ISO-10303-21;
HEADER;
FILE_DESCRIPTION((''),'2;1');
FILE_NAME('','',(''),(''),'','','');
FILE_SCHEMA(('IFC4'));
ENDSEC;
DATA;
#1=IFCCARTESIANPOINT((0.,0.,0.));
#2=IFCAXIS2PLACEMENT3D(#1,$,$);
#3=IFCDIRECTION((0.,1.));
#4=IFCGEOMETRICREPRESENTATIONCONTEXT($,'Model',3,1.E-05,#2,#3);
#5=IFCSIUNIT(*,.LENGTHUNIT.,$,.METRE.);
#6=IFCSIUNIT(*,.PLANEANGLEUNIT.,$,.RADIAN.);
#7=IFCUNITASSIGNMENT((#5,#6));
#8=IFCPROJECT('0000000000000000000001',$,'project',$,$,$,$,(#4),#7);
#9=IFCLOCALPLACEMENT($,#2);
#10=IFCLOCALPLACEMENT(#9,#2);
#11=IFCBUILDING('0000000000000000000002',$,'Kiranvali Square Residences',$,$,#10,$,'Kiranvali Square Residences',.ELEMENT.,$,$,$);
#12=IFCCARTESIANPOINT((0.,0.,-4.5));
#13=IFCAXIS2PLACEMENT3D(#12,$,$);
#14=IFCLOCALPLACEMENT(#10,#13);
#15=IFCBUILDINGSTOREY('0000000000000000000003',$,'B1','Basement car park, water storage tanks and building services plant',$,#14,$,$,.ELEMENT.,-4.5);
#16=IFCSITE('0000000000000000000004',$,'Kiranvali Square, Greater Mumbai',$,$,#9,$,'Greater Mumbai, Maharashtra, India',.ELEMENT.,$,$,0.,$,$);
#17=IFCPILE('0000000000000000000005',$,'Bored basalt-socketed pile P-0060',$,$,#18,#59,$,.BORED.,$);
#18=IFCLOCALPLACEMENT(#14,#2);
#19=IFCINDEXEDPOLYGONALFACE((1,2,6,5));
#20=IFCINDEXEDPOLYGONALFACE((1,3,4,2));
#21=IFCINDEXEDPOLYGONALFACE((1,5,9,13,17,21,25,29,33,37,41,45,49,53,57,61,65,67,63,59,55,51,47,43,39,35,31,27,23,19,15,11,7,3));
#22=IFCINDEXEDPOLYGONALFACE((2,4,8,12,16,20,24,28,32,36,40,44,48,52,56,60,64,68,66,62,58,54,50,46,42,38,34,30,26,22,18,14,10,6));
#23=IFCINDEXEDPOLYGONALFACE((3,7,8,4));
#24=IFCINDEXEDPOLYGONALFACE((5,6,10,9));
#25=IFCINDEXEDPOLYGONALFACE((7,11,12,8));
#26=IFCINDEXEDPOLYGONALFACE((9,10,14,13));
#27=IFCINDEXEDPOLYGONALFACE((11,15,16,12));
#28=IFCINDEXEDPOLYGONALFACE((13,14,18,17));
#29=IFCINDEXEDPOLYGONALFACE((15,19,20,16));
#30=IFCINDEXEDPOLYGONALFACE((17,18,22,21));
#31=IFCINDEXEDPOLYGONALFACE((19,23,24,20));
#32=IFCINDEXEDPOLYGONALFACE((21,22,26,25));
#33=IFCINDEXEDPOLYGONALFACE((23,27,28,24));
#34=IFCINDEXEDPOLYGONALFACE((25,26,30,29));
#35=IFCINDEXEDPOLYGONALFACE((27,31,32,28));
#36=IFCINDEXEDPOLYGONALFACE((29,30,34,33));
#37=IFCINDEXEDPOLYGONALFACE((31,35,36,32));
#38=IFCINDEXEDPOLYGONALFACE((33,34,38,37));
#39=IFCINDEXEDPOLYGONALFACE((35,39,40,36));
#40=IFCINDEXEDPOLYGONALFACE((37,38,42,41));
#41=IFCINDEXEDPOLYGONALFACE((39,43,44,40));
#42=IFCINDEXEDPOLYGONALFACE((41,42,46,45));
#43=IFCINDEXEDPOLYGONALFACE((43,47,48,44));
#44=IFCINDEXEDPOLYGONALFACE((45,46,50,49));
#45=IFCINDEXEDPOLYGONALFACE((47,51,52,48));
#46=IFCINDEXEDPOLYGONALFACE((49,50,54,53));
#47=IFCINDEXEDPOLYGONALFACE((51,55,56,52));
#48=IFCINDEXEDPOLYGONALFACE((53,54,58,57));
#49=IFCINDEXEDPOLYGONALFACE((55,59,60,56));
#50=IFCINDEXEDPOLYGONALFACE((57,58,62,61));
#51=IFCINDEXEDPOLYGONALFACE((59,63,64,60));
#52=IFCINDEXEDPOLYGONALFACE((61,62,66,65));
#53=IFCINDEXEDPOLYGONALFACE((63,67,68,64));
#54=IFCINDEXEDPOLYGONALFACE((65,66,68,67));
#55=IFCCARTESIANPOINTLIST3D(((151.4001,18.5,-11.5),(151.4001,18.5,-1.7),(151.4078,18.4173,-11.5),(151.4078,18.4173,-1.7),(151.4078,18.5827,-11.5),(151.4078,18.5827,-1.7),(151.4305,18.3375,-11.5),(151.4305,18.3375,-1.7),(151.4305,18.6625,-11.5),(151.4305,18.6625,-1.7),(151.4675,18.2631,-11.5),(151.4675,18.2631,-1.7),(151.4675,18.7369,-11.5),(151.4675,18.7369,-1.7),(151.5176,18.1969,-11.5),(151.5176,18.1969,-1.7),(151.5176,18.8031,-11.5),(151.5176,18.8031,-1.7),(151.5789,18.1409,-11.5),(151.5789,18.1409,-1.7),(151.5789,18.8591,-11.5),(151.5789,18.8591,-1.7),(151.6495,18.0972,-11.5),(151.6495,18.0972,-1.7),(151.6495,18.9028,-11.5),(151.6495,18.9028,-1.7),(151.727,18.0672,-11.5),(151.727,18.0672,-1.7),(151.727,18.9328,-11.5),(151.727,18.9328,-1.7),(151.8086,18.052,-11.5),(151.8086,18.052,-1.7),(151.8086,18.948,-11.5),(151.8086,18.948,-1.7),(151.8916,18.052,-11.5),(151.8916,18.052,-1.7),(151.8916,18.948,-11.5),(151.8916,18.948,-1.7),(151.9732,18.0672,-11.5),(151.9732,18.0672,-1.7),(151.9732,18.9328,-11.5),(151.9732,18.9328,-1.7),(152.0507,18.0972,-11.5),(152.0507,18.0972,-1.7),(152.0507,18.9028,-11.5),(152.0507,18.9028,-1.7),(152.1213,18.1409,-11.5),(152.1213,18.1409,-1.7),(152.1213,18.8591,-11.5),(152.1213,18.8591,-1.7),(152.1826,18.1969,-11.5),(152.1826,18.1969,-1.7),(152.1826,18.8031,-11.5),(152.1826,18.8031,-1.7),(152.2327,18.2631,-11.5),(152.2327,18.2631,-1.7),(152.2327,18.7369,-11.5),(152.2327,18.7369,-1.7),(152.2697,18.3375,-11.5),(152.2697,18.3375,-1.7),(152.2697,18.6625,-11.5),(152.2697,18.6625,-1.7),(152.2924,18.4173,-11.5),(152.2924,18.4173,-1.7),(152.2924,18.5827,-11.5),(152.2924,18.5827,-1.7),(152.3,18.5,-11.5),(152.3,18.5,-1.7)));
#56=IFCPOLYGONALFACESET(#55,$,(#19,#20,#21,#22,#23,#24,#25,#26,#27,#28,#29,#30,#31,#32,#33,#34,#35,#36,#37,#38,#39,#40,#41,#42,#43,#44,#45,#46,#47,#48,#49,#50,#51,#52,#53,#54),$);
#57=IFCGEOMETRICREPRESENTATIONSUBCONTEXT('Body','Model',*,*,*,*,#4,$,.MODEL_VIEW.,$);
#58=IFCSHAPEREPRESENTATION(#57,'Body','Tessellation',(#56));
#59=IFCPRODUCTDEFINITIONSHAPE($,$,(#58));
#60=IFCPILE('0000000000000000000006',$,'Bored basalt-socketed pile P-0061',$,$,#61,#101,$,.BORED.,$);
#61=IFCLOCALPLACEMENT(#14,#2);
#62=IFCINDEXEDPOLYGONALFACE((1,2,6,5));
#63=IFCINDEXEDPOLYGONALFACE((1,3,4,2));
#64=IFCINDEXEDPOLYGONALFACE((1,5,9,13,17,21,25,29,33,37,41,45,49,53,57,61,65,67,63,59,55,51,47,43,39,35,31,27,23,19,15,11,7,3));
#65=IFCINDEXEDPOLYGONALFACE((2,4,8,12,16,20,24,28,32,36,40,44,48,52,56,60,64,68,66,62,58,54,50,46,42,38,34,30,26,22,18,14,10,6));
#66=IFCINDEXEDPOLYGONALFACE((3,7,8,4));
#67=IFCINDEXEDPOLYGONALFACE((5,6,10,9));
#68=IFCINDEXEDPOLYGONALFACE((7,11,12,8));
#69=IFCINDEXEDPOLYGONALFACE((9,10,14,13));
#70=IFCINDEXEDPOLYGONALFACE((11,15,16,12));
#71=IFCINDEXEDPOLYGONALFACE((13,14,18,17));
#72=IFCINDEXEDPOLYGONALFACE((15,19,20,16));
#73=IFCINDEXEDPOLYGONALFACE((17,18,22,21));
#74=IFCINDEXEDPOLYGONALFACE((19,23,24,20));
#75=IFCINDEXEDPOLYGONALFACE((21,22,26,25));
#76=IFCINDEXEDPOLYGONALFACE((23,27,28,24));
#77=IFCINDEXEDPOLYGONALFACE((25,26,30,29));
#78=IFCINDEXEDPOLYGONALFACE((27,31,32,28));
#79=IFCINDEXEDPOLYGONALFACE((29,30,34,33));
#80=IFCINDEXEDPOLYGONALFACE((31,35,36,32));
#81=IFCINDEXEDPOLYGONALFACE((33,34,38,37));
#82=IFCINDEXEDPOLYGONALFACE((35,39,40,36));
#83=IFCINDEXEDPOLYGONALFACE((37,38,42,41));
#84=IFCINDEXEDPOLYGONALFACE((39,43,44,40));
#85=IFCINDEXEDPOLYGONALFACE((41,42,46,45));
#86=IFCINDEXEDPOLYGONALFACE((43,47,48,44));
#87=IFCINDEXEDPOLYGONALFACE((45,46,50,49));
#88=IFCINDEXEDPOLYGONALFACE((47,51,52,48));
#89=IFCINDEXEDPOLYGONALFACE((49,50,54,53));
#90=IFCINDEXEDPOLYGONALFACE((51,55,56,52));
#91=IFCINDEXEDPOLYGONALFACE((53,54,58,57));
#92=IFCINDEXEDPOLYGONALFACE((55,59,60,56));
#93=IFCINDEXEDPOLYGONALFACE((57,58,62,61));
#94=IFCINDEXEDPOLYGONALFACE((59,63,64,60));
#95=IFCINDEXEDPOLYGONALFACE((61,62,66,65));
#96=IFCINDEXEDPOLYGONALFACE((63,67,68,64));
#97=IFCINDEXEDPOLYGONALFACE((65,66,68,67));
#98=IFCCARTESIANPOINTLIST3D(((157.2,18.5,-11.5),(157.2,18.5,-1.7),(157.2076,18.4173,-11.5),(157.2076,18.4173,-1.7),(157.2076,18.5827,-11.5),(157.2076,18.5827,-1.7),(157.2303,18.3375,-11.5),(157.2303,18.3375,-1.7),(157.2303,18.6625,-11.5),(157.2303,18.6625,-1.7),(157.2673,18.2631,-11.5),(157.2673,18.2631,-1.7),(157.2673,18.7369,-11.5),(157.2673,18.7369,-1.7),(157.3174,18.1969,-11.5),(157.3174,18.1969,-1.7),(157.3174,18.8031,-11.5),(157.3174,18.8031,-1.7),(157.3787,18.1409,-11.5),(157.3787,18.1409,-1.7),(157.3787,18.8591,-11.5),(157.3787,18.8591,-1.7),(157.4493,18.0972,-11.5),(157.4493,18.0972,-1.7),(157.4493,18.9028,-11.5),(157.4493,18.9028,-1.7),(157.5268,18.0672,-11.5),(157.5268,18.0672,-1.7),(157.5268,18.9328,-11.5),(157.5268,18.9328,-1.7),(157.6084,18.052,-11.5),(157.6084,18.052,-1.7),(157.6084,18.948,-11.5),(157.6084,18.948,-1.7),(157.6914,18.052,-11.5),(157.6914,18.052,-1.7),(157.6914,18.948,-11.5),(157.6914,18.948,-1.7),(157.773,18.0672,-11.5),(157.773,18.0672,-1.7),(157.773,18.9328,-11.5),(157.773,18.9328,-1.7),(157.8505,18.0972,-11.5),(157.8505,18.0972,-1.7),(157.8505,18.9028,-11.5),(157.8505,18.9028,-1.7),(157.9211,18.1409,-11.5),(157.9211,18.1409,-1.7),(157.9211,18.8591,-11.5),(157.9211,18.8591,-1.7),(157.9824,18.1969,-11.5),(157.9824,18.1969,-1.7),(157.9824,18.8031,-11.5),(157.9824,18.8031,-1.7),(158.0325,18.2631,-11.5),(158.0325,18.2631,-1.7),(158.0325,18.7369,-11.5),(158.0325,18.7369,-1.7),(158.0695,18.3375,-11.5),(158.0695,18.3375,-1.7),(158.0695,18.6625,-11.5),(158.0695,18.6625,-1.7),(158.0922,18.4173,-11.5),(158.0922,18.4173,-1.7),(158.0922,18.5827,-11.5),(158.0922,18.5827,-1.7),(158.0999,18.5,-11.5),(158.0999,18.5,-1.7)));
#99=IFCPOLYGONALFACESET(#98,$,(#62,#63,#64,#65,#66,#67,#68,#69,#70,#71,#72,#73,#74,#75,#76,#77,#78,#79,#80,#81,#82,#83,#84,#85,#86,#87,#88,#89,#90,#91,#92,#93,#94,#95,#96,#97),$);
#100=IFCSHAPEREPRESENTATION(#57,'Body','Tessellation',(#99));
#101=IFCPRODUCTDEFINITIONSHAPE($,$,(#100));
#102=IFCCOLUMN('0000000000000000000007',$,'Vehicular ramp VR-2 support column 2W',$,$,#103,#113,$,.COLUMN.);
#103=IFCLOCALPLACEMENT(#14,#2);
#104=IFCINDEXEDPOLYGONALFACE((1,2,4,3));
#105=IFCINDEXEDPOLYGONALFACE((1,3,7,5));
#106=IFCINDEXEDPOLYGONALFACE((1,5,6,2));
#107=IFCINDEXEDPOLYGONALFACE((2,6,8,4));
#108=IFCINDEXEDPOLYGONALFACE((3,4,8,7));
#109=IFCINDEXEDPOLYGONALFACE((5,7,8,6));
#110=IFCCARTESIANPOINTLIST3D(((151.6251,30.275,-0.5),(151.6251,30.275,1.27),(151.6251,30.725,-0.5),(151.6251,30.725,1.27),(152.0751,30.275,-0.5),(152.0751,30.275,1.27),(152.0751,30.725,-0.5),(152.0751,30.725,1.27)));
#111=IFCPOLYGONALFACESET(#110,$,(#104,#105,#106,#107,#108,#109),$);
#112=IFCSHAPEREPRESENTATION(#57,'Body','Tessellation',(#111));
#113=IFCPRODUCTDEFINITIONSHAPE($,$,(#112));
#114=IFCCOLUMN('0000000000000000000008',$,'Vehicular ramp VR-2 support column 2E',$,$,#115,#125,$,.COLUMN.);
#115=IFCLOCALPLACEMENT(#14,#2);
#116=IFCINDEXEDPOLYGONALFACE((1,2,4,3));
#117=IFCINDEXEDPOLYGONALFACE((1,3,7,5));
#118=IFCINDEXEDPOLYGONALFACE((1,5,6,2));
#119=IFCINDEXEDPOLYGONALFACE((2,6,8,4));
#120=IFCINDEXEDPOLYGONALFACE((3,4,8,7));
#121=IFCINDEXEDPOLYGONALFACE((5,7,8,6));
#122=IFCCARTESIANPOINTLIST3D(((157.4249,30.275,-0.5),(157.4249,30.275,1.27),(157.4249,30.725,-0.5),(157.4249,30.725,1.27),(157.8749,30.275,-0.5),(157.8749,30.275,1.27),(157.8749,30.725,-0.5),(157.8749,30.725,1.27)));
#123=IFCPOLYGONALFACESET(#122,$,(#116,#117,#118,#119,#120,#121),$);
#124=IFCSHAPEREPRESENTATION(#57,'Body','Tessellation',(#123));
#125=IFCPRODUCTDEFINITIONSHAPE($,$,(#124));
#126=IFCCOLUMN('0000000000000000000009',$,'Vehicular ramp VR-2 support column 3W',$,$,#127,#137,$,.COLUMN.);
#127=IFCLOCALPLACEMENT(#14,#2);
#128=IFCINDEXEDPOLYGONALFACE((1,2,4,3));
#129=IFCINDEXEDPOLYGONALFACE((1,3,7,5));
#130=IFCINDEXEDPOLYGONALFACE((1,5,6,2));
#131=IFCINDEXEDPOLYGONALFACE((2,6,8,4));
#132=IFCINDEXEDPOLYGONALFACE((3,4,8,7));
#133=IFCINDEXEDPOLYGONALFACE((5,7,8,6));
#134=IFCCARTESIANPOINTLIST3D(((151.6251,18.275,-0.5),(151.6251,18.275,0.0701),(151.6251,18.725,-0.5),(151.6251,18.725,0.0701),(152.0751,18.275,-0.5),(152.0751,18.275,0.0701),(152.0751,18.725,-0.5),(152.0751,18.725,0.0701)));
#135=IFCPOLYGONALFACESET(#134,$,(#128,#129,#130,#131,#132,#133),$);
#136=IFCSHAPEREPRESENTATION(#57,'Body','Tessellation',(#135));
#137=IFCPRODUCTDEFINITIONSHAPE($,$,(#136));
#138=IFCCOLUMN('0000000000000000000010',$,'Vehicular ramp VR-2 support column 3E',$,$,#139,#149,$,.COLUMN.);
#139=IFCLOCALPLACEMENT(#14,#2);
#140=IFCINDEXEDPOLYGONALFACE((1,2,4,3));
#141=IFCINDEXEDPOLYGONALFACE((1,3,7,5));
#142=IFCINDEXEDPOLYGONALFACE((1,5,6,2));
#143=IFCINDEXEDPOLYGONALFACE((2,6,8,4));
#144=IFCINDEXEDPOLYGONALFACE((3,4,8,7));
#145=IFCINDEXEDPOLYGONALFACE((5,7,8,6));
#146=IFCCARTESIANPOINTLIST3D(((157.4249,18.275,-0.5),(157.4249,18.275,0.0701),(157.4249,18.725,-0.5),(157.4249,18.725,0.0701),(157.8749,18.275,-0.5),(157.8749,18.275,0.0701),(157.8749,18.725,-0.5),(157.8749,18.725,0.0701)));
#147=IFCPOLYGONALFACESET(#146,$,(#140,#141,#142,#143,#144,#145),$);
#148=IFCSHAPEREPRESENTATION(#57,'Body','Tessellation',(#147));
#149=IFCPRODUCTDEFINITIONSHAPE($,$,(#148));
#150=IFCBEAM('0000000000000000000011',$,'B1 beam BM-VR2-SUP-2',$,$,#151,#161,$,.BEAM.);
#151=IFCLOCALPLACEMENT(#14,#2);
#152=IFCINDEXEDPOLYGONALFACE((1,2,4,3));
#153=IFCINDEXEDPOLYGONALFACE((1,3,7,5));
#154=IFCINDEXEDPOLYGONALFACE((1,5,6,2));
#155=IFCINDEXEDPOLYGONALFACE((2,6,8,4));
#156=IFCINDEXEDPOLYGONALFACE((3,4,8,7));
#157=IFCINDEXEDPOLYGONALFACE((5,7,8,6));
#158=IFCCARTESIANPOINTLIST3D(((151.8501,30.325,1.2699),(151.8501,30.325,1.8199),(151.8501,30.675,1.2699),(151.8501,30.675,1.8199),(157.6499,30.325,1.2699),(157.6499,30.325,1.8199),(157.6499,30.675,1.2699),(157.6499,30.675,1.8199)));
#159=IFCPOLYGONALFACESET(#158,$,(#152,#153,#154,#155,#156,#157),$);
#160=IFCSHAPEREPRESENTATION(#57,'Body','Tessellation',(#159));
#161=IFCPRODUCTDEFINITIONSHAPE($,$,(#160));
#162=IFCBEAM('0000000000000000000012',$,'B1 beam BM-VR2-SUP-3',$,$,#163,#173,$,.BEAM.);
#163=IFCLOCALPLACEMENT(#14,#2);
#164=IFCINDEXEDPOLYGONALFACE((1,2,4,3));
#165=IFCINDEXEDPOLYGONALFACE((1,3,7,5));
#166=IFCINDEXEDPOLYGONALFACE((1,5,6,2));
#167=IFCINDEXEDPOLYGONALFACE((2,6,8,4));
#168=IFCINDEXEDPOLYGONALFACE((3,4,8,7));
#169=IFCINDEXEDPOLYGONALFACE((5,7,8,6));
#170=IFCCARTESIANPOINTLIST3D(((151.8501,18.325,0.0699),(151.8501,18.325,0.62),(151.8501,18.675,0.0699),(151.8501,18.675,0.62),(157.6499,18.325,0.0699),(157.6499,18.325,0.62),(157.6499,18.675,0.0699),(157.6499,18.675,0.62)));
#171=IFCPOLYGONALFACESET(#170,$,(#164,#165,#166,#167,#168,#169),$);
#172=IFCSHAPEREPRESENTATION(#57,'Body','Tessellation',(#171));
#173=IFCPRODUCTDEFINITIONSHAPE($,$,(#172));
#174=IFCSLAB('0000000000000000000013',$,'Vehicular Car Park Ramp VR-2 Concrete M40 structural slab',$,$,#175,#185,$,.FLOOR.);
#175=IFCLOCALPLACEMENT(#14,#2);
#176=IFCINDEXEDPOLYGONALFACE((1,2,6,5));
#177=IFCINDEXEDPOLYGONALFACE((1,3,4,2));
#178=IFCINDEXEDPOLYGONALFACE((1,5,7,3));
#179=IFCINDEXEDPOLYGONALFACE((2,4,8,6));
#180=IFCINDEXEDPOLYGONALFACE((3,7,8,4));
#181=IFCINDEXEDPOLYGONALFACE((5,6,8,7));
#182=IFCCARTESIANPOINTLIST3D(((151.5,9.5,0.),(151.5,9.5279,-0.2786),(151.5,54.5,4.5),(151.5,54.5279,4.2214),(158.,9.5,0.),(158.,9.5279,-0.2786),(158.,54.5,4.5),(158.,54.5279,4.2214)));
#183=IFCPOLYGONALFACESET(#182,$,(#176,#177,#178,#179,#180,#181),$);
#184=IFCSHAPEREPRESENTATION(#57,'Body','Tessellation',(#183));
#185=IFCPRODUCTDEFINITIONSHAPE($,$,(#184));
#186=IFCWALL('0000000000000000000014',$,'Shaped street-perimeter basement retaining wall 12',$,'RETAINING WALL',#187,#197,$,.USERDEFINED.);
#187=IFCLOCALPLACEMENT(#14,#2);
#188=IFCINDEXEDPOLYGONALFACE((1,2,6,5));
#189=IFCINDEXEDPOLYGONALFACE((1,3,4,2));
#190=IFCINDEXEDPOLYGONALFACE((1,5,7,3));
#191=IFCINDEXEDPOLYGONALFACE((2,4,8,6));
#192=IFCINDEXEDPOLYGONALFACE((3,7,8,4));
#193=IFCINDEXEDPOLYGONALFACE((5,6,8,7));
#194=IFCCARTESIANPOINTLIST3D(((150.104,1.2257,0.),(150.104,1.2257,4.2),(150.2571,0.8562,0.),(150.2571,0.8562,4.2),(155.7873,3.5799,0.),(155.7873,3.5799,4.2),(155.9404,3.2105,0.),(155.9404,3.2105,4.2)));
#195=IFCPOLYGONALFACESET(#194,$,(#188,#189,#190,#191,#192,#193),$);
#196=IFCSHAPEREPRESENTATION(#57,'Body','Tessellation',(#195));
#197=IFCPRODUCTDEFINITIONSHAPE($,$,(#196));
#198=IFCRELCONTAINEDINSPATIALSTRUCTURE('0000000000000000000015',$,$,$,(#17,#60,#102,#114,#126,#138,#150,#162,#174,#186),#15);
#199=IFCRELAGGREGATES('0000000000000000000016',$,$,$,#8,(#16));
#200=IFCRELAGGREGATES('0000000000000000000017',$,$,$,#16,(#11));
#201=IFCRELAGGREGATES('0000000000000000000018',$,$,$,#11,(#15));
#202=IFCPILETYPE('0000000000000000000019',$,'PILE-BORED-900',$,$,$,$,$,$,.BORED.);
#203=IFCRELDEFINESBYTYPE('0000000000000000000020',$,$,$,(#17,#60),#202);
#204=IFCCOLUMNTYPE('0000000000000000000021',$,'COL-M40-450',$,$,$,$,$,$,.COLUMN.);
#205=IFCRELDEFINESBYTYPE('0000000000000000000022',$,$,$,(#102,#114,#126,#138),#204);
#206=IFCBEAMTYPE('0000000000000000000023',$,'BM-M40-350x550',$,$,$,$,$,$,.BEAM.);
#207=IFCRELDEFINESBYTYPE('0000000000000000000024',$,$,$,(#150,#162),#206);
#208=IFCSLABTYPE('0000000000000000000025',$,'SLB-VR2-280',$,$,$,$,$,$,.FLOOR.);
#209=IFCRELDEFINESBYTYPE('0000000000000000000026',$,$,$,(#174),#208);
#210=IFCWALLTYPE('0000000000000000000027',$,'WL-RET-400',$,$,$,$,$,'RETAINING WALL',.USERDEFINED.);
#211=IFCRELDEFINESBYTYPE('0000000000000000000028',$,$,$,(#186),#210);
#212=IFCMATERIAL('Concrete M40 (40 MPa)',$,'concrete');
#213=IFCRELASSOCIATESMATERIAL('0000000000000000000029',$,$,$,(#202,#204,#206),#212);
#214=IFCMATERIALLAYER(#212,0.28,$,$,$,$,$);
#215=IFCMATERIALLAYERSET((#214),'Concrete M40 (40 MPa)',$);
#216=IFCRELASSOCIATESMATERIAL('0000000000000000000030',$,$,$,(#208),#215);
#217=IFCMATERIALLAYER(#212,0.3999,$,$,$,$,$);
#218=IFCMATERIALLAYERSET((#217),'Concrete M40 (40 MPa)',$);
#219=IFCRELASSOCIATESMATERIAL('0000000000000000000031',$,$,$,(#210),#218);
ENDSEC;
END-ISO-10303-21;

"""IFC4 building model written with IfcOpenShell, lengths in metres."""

from ifc_helpers import new_model, si_unit, direction, frame, frame_2d, origin, origin_2d, place, context, subcontext, project, spatial, polyline, rectangle, circle, outline, extrude, material, layer, layer_set, material_profile, profile_set, type_object, element, save


model = new_model("IFC4")

# Units and contexts
model_context = context("Model", 3, precision=1e-05, world=origin(), true_north=direction((0.0, 1.0)))
body_context = subcontext(model_context, "Body", "Model", "MODEL_VIEW")
ifc_project = project(units=[si_unit("LENGTHUNIT", "METRE"), si_unit("PLANEANGLEUNIT", "RADIAN")], contexts=[model_context])

# Site, building, storey
site_placement = place(None, origin())
site = spatial("IfcSite", under=ifc_project, at=site_placement, Name="Kiranvali Square, Greater Mumbai", LongName="Greater Mumbai, Maharashtra, India", CompositionType="ELEMENT", RefElevation=0.0)
building_placement = place(site_placement, origin())
building = spatial("IfcBuilding", under=site, at=building_placement, Name="Kiranvali Square Residences", LongName="Kiranvali Square Residences", CompositionType="ELEMENT")
storey_placement = place(building_placement, frame((0.0, 0.0, -4.5)))
storey = spatial("IfcBuildingStorey", under=building, at=storey_placement, Name="B1", Description="Basement car park, water storage tanks and building services plant", CompositionType="ELEMENT", Elevation=-4.5)

# Shared definitions
ifc_material_1 = material(Name="Concrete M40 (40 MPa)", Category="concrete")

# Piles
ifc_material_profile_1 = material_profile(ifc_material_1, circle(Radius=0.45, at=origin_2d()), Name="BORED PILE 900")
ifc_profile_set_1 = profile_set([ifc_material_profile_1], Name="Concrete M40 (40 MPa)")
pile_type_1 = type_object("IfcPileType", Name="PILE-BORED-900", PredefinedType="BORED", material=ifc_profile_set_1)
for number, where, z_axis, x_axis, name in (
    (1, (151.8501, 18.5, -1.7), (0.0, 0.0, -1.0), (1.0, 0.0, 0.0), "Bored basalt-socketed pile P-0060"),
    (2, (157.6499, 18.5, -1.7), (0.0, 0.0, -1.0), (1.0, 0.0, 0.0), "Bored basalt-socketed pile P-0061"),
):
    element("IfcPile", number, at=place(storey_placement, frame(where, z_axis=z_axis, x_axis=x_axis)), inside=storey, type_object=pile_type_1, Name=name, PredefinedType="BORED", context=body_context, shape_type="SweptSolid", body=[
        extrude(circle(Radius=0.45, at=origin_2d()), origin(), (0.0, 0.0, 1.0), 9.8),
    ])

# Columns
ifc_material_profile_2 = material_profile(ifc_material_1, rectangle(XDim=0.45, YDim=0.45, at=origin_2d()), Name="RC 450x450")
ifc_profile_set_2 = profile_set([ifc_material_profile_2], Name="Concrete M40 (40 MPa)")
column_type = type_object("IfcColumnType", Name="COL-M40-450", PredefinedType="COLUMN", material=ifc_profile_set_2)
for number, where, z_axis, x_axis, name in (
    (3, (151.8501, 30.5, -0.5), (0.0, 0.0, 1.0), (1.0, 0.0, 0.0), "Vehicular ramp VR-2 support column 2W"),
    (4, (157.6499, 30.5, -0.5), (0.0, 0.0, 1.0), (1.0, 0.0, 0.0), "Vehicular ramp VR-2 support column 2E"),
):
    element("IfcColumn", number, at=place(storey_placement, frame(where, z_axis=z_axis, x_axis=x_axis)), inside=storey, type_object=column_type, Name=name, PredefinedType="COLUMN", context=body_context, shape_type="SweptSolid", body=[
        extrude(rectangle(XDim=0.45, YDim=0.45, at=origin_2d()), origin(), (0.0, 0.0, 1.0), 1.77),
    ])
for number, where, z_axis, x_axis, name in (
    (5, (151.8501, 18.5, -0.5), (0.0, 0.0, 1.0), (1.0, 0.0, 0.0), "Vehicular ramp VR-2 support column 3W"),
    (6, (157.6499, 18.5, -0.5), (0.0, 0.0, 1.0), (1.0, 0.0, 0.0), "Vehicular ramp VR-2 support column 3E"),
):
    element("IfcColumn", number, at=place(storey_placement, frame(where, z_axis=z_axis, x_axis=x_axis)), inside=storey, type_object=column_type, Name=name, PredefinedType="COLUMN", context=body_context, shape_type="SweptSolid", body=[
        extrude(rectangle(XDim=0.45, YDim=0.45, at=origin_2d()), origin(), (0.0, 0.0, 1.0), 0.5701),
    ])

# Beams
ifc_material_profile_3 = material_profile(ifc_material_1, rectangle(XDim=0.3501, YDim=0.55, at=origin_2d()), Name="RC 350x550")
ifc_profile_set_3 = profile_set([ifc_material_profile_3], Name="Concrete M40 (40 MPa)")
beam_type = type_object("IfcBeamType", Name="BM-M40-350x550", PredefinedType="BEAM", material=ifc_profile_set_3)
for number, where, z_axis, x_axis, name in (
    (7, (151.8501, 30.5, 1.5449), (1.0, 0.0, 0.0), (0.0, 1.0, 0.0), "B1 beam BM-VR2-SUP-2"),
    (8, (151.8501, 18.5, 0.345), (1.0, 0.0, 0.0), (0.0, 1.0, 0.0), "B1 beam BM-VR2-SUP-3"),
):
    element("IfcBeam", number, at=place(storey_placement, frame(where, z_axis=z_axis, x_axis=x_axis)), inside=storey, type_object=beam_type, Name=name, PredefinedType="BEAM", context=body_context, shape_type="SweptSolid", body=[
        extrude(rectangle(XDim=0.3501, YDim=0.55, at=origin_2d()), origin(), (0.0, 0.0, 1.0), 5.7998),
    ])

# Slab
ifc_layer_1 = layer(ifc_material_1, 0.28)
ifc_layer_set_1 = layer_set([ifc_layer_1], Name="Concrete M40 (40 MPa)")
slab_type = type_object("IfcSlabType", Name="SLB-VR2-280", PredefinedType="FLOOR", material=ifc_layer_set_1)
slab_placement = place(storey_placement, frame((151.5, 9.5, 0.0), z_axis=(0.0, -0.099504, 0.995037), x_axis=(1.0, 0.0, 0.0)))
element("IfcSlab", 9, at=slab_placement, inside=storey, type_object=slab_type, Name="Vehicular Car Park Ramp VR-2 Concrete M40 structural slab", PredefinedType="FLOOR", context=body_context, shape_type="SweptSolid", body=[
    extrude(outline(polyline([(0.0, 0.0), (6.5, 0.0), (6.5, 45.2244), (0.0, 45.2244), (0.0, 0.0)])), origin(), (0.0, 0.0, -1.0), 0.28),
])

# Wall
ifc_layer_2 = layer(ifc_material_1, 0.3999)
ifc_layer_set_2 = layer_set([ifc_layer_2], Name="Concrete M40 (40 MPa)")
wall_type = type_object("IfcWallType", Name="WL-RET-400", ElementType="RETAINING WALL", PredefinedType="USERDEFINED", material=ifc_layer_set_2)
wall_1_placement = place(storey_placement, frame((150.1807, 1.041, 0.0), z_axis=(0.0, 0.0, 1.0), x_axis=(0.923872, 0.382701, 0.0)))
element("IfcWall", 10, at=wall_1_placement, inside=storey, type_object=wall_type, Name="Shaped street-perimeter basement retaining wall 12", ObjectType="RETAINING WALL", PredefinedType="USERDEFINED", context=body_context, shape_type="SweptSolid", body=[
    extrude(rectangle(XDim=6.1516, YDim=0.3999, at=frame_2d((3.0757, 0.0))), origin(), (0.0, 0.0, 1.0), 4.2),
])

save(model, "model.ifc")
